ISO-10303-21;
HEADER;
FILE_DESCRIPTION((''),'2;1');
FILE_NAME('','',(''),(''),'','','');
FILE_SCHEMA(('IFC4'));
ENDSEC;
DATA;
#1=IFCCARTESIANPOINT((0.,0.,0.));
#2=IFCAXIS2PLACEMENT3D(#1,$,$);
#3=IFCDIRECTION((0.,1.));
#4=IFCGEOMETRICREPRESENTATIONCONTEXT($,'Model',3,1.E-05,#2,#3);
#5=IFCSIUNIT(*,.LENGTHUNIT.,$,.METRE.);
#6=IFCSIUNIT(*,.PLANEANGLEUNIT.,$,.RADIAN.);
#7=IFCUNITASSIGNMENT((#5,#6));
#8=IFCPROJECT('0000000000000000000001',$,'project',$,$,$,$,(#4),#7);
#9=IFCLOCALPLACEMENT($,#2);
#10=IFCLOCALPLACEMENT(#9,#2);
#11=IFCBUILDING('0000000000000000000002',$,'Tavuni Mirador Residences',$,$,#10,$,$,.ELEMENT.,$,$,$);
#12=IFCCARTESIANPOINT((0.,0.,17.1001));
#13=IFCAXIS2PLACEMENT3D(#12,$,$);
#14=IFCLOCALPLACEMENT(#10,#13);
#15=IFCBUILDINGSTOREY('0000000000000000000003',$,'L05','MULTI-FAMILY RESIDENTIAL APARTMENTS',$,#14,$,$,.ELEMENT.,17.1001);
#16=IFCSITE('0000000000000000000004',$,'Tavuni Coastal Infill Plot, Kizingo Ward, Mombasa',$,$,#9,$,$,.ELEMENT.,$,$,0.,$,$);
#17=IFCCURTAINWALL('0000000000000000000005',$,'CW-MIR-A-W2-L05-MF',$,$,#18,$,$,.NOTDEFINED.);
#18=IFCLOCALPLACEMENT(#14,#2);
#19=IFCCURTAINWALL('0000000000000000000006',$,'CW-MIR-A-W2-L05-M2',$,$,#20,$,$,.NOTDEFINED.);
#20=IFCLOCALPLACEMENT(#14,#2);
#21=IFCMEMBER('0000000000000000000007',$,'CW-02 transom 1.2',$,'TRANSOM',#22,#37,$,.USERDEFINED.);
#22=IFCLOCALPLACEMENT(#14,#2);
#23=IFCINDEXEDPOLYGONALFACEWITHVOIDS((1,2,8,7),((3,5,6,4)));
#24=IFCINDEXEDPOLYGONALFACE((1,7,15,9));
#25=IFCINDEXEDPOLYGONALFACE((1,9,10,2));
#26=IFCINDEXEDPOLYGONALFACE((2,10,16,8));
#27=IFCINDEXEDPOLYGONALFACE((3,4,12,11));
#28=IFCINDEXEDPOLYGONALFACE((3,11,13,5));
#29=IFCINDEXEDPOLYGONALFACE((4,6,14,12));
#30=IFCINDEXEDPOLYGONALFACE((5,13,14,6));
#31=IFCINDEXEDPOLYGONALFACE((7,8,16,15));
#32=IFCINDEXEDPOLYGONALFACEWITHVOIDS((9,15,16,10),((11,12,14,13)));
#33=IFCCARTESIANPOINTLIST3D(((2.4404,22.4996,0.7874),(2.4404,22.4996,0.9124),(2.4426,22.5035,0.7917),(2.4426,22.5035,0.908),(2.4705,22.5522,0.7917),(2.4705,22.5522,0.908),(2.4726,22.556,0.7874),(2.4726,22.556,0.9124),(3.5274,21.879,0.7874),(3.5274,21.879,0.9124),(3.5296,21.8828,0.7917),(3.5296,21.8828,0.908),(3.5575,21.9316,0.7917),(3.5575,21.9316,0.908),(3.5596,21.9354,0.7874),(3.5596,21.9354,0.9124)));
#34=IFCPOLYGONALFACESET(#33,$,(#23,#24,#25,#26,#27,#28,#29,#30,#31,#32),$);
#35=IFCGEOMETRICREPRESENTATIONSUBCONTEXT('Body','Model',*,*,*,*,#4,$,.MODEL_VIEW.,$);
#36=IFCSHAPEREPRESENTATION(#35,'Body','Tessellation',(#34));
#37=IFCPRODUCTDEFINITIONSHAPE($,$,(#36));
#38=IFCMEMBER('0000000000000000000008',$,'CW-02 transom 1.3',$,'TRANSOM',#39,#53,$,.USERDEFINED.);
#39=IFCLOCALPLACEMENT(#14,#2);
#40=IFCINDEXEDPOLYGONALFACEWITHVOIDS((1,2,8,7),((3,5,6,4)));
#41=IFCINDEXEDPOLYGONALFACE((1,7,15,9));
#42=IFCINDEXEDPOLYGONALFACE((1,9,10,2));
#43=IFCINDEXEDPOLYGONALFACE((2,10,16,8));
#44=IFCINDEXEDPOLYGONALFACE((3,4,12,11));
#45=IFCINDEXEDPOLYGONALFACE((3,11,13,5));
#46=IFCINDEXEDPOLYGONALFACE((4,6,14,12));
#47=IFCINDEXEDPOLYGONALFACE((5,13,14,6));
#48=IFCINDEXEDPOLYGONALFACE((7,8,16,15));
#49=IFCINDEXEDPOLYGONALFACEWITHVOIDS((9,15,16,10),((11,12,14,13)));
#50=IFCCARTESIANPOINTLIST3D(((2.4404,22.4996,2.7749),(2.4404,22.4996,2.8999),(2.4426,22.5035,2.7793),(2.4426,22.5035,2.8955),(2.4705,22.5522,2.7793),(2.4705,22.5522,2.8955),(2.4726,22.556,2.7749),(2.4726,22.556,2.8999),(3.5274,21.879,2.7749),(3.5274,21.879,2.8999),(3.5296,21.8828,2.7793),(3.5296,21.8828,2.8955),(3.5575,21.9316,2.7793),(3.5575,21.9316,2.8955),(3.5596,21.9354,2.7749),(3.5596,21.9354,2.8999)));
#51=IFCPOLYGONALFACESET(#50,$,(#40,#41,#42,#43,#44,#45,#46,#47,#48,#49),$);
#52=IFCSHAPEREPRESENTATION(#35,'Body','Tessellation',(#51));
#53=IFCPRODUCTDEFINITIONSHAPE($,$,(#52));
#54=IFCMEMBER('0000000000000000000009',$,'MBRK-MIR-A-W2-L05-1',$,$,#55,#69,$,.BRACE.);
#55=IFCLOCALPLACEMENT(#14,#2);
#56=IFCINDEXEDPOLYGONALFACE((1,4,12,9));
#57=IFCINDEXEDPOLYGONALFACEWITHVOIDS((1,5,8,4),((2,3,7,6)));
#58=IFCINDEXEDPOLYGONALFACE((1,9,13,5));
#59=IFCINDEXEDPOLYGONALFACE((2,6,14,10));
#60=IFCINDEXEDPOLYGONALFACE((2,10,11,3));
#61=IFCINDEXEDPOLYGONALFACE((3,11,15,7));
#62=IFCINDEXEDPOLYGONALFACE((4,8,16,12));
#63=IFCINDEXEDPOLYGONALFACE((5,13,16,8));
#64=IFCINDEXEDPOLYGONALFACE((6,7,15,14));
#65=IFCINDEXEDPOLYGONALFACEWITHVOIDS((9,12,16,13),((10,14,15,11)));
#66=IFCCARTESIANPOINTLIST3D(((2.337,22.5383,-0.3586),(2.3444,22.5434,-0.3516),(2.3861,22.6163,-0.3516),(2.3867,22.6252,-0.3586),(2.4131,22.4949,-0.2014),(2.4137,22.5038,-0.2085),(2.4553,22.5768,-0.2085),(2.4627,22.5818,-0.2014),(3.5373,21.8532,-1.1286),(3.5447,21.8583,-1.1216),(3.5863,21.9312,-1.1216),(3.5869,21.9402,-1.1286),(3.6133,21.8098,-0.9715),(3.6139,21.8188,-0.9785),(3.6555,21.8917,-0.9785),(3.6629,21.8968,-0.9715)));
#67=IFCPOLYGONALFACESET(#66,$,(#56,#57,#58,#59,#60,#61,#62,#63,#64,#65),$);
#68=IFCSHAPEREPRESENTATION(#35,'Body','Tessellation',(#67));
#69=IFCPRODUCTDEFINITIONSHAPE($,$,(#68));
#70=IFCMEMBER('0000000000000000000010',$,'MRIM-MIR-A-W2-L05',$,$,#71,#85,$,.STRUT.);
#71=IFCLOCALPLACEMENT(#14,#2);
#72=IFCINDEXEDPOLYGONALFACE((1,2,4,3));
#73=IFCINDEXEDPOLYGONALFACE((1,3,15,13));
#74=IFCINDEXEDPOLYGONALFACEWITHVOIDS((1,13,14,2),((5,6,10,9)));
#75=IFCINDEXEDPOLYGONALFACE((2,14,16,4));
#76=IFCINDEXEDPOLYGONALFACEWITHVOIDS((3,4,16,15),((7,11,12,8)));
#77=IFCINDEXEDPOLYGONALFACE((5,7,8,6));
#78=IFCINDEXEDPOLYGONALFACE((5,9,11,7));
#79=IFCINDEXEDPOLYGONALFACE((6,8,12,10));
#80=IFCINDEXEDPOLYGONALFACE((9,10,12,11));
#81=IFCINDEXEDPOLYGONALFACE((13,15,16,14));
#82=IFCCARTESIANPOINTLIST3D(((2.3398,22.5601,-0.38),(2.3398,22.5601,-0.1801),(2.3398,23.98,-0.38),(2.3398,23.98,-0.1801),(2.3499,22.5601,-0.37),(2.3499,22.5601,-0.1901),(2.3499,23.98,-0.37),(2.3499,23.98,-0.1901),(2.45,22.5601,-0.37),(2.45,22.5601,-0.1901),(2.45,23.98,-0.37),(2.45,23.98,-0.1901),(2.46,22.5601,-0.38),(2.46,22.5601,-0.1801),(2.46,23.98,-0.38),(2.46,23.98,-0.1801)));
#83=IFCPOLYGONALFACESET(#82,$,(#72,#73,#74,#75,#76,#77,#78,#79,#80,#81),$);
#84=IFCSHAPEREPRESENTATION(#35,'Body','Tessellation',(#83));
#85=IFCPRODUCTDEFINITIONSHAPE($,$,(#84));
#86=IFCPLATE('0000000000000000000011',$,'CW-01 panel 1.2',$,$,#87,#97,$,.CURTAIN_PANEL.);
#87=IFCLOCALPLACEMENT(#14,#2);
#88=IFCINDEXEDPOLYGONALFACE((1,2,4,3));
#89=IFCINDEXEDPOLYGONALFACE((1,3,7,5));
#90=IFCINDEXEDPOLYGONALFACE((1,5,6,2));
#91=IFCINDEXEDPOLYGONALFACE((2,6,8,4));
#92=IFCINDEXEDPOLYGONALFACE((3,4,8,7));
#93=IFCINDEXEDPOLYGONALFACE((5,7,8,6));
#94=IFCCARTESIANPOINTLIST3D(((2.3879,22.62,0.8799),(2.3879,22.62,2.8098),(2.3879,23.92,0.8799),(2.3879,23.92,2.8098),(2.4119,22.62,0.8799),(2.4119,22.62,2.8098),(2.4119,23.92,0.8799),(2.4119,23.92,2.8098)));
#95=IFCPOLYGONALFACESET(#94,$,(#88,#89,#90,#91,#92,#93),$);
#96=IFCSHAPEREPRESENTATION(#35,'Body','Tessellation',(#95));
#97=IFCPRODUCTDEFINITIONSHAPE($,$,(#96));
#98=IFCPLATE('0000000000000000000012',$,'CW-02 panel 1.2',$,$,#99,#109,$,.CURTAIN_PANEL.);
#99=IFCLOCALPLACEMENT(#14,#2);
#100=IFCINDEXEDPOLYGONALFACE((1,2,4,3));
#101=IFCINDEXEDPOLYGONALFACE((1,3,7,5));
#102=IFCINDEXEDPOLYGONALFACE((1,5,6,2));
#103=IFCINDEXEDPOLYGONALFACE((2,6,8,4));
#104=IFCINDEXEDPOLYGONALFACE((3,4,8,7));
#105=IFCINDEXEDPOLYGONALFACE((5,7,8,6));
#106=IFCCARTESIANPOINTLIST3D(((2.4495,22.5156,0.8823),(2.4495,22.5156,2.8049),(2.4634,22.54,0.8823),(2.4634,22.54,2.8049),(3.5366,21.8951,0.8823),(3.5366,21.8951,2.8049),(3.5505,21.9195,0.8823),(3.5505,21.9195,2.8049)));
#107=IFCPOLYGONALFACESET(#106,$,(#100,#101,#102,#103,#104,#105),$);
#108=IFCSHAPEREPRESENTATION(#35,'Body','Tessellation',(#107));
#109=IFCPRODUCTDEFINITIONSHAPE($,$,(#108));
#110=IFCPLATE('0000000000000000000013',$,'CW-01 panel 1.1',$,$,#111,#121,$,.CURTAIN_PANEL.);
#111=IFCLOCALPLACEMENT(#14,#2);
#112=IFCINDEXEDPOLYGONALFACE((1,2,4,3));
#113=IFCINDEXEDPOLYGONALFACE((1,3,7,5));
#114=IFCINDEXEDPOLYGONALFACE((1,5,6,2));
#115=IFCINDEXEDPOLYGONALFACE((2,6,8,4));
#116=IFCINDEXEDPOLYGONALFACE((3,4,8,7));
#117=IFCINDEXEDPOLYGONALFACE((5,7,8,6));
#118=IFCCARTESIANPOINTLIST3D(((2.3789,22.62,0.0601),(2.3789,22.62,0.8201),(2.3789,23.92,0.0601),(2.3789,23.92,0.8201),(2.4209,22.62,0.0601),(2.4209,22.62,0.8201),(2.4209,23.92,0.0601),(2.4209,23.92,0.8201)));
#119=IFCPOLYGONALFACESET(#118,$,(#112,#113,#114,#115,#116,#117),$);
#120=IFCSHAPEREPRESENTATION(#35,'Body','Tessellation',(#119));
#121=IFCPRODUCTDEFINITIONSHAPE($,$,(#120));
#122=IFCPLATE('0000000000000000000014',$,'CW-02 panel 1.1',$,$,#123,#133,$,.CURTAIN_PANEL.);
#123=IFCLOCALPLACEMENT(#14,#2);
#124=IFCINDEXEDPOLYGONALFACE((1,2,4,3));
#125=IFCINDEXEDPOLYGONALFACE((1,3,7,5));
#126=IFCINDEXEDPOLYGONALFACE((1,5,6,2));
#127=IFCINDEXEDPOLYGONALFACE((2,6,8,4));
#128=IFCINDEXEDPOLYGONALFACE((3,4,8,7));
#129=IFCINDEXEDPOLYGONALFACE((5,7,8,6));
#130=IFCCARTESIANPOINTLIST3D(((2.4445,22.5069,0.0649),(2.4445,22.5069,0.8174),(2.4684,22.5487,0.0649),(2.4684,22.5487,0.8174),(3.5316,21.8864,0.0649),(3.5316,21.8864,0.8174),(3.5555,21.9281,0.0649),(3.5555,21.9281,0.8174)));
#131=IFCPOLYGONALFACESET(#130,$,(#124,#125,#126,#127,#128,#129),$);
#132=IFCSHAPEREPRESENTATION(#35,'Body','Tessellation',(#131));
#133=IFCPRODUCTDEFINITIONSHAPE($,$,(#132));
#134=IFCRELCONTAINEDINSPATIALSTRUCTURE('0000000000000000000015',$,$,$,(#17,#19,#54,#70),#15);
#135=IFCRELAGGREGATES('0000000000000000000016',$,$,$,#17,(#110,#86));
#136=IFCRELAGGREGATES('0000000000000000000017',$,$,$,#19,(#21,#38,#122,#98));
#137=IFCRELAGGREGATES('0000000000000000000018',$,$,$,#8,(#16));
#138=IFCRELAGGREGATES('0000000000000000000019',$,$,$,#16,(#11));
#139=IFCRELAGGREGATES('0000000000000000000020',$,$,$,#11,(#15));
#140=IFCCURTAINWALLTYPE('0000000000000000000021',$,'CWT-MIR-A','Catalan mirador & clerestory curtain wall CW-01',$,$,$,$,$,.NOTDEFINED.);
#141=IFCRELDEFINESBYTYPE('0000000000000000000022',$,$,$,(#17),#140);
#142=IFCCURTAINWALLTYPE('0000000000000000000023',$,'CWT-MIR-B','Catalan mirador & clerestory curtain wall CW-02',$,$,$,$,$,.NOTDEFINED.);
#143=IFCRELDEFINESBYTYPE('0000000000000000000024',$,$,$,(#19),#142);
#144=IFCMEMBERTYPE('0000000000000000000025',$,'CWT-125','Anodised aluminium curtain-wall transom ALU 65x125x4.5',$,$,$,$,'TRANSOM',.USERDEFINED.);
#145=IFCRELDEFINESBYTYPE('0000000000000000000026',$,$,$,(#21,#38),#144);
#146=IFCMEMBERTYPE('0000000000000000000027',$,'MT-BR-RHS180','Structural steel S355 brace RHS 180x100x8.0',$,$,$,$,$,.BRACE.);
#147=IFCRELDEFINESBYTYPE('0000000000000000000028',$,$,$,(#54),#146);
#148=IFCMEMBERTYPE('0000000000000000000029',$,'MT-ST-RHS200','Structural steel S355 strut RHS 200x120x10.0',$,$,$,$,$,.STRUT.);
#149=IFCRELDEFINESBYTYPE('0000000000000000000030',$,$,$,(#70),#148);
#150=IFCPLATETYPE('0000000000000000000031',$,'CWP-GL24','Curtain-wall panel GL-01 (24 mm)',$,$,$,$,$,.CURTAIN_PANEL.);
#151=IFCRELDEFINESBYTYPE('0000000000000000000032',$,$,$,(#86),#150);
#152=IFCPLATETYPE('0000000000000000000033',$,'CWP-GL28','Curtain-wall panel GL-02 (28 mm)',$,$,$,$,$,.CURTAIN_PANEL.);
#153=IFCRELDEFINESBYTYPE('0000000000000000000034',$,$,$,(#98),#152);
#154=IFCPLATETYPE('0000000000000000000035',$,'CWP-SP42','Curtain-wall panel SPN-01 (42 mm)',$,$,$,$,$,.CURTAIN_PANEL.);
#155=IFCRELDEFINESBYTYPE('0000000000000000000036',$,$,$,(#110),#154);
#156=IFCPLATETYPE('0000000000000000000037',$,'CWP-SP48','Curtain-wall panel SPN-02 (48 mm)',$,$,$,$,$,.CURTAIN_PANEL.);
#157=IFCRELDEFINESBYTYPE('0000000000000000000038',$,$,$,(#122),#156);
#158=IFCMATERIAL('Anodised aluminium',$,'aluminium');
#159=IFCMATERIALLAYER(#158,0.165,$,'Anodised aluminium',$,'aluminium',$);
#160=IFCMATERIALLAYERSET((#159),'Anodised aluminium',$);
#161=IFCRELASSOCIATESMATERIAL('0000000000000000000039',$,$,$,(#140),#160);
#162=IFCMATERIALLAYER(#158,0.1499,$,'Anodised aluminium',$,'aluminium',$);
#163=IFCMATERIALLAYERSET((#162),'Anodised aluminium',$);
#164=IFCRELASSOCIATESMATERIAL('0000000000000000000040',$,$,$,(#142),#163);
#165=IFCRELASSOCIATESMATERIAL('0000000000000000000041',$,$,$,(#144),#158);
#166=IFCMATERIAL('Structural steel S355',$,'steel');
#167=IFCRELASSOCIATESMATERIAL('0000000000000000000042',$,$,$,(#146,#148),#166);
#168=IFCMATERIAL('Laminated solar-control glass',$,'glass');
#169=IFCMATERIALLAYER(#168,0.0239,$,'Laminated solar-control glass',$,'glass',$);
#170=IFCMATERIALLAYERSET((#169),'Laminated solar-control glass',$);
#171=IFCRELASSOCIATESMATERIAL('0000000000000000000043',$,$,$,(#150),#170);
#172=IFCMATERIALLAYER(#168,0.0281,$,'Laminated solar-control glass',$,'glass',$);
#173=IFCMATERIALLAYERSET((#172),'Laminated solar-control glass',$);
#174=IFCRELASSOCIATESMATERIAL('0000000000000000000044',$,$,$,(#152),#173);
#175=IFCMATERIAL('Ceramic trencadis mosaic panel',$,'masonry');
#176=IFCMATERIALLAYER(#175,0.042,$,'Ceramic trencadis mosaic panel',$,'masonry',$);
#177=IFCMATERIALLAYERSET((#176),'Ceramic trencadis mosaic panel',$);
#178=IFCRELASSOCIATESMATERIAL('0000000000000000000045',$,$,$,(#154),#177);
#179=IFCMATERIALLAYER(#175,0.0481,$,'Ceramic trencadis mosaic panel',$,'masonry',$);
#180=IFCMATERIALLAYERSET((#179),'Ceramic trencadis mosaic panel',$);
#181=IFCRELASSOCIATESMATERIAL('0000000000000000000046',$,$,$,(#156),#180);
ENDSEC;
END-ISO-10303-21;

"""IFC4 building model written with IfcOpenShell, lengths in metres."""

from ifc_helpers import new_model, si_unit, direction, frame, origin, origin_2d, place, context, subcontext, project, spatial, rectangle, hollow_rectangle, extrude, material, layer, layer_set, material_profile, profile_set, type_object, element, aggregate, save


model = new_model("IFC4")

# Units and contexts
model_context = context("Model", 3, precision=1e-05, world=origin(), true_north=direction((0.0, 1.0)))
body_context = subcontext(model_context, "Body", "Model", "MODEL_VIEW")
ifc_project = project(units=[si_unit("LENGTHUNIT", "METRE"), si_unit("PLANEANGLEUNIT", "RADIAN")], contexts=[model_context])

# Site, building, storey
site_placement = place(None, origin())
site = spatial("IfcSite", under=ifc_project, at=site_placement, Name="Tavuni Coastal Infill Plot, Kizingo Ward, Mombasa", CompositionType="ELEMENT", RefElevation=0.0)
building_placement = place(site_placement, origin())
building = spatial("IfcBuilding", under=site, at=building_placement, Name="Tavuni Mirador Residences", CompositionType="ELEMENT")
storey_placement = place(building_placement, frame((0.0, 0.0, 17.1001)))
storey = spatial("IfcBuildingStorey", under=building, at=storey_placement, Name="L05", Description="MULTI-FAMILY RESIDENTIAL APARTMENTS", CompositionType="ELEMENT", Elevation=17.1001)

# Curtain wall
ifc_material_1 = material(Name="Anodised aluminium", Category="aluminium")
ifc_layer_1 = layer(ifc_material_1, 0.165, Name="Anodised aluminium", Category="aluminium")
ifc_layer_set_1 = layer_set([ifc_layer_1], Name="Anodised aluminium")
curtain_wall_type_1 = type_object("IfcCurtainWallType", Name="CWT-MIR-A", Description="Catalan mirador & clerestory curtain wall CW-01", PredefinedType="NOTDEFINED", material=ifc_layer_set_1)
curtain_wall_1_placement = place(storey_placement, origin())
curtain_wall_1 = element("IfcCurtainWall", 1, at=curtain_wall_1_placement, inside=storey, type_object=curtain_wall_type_1, Name="CW-MIR-A-W2-L05-MF", PredefinedType="NOTDEFINED")

# Curtain wall
ifc_layer_2 = layer(ifc_material_1, 0.1499, Name="Anodised aluminium", Category="aluminium")
ifc_layer_set_2 = layer_set([ifc_layer_2], Name="Anodised aluminium")
curtain_wall_type_2 = type_object("IfcCurtainWallType", Name="CWT-MIR-B", Description="Catalan mirador & clerestory curtain wall CW-02", PredefinedType="NOTDEFINED", material=ifc_layer_set_2)
curtain_wall_2_placement = place(storey_placement, origin())
curtain_wall_2 = element("IfcCurtainWall", 2, at=curtain_wall_2_placement, inside=storey, type_object=curtain_wall_type_2, Name="CW-MIR-A-W2-L05-M2", PredefinedType="NOTDEFINED")

# Members
ifc_material_profile_1 = material_profile(ifc_material_1, hollow_rectangle(XDim=0.0649, YDim=0.125, WallThickness=0.0044, at=origin_2d()), Name="ALU 65x125x4.5", Category="aluminium")
ifc_profile_set_1 = profile_set([ifc_material_profile_1], Name="Anodised aluminium")
member_type_1 = type_object("IfcMemberType", Name="CWT-125", Description="Anodised aluminium curtain-wall transom ALU 65x125x4.5", ElementType="TRANSOM", PredefinedType="USERDEFINED", material=ifc_profile_set_1)
member_1_placement = place(storey_placement, frame((2.4565, 22.5278, 0.8499), z_axis=(0.868411, -0.495845, 0.0), x_axis=(0.495845, 0.868411, 0.0)))
member_1 = element("IfcMember", 3, at=member_1_placement, type_object=member_type_1, Name="CW-02 transom 1.2", ObjectType="TRANSOM", PredefinedType="USERDEFINED", context=body_context, shape_type="SweptSolid", body=[
    extrude(hollow_rectangle(XDim=0.0649, YDim=0.125, WallThickness=0.0044, at=origin_2d()), origin(), (0.0, 0.0, 1.0), 1.2517),
])
member_2_placement = place(storey_placement, frame((2.4565, 22.5278, 2.8374), z_axis=(0.868411, -0.495845, 0.0), x_axis=(0.495845, 0.868411, 0.0)))
member_2 = element("IfcMember", 4, at=member_2_placement, type_object=member_type_1, Name="CW-02 transom 1.3", ObjectType="TRANSOM", PredefinedType="USERDEFINED", context=body_context, shape_type="SweptSolid", body=[
    extrude(hollow_rectangle(XDim=0.0649, YDim=0.125, WallThickness=0.0044, at=origin_2d()), origin(), (0.0, 0.0, 1.0), 1.2517),
])

# Members
ifc_material_2 = material(Name="Structural steel S355", Category="steel")
ifc_material_profile_2 = material_profile(ifc_material_2, hollow_rectangle(XDim=0.1001, YDim=0.1799, WallThickness=0.0081, at=origin_2d()), Name="RHS 180x100x8.0", Category="steel")
ifc_profile_set_2 = profile_set([ifc_material_profile_2], Name="Structural steel S355")
member_type_2 = type_object("IfcMemberType", Name="MT-BR-RHS180", Description="Structural steel S355 brace RHS 180x100x8.0", PredefinedType="BRACE", material=ifc_profile_set_2)
member_3_placement = place(storey_placement, frame((3.6001, 21.875, -1.05), z_axis=(-0.75866, 0.433035, 0.48674), x_axis=(-0.49572, -0.868482, 0.0)))
element("IfcMember", 5, at=member_3_placement, inside=storey, type_object=member_type_2, Name="MBRK-MIR-A-W2-L05-1", PredefinedType="BRACE", context=body_context, shape_type="SweptSolid", body=[
    extrude(hollow_rectangle(XDim=0.1001, YDim=0.1799, WallThickness=0.0081, at=origin_2d()), origin(), (0.0, 0.0, 1.0), 1.582),
])
ifc_material_profile_3 = material_profile(ifc_material_2, hollow_rectangle(XDim=0.1201, YDim=0.2, WallThickness=0.01, at=origin_2d()), Name="RHS 200x120x10.0", Category="steel")
ifc_profile_set_3 = profile_set([ifc_material_profile_3], Name="Structural steel S355")
member_type_3 = type_object("IfcMemberType", Name="MT-ST-RHS200", Description="Structural steel S355 strut RHS 200x120x10.0", PredefinedType="STRUT", material=ifc_profile_set_3)
member_4_placement = place(storey_placement, frame((2.3999, 22.5601, -0.28), z_axis=(0.0, 1.0, 0.0), x_axis=(-1.0, 0.0, 0.0)))
element("IfcMember", 6, at=member_4_placement, inside=storey, type_object=member_type_3, Name="MRIM-MIR-A-W2-L05", PredefinedType="STRUT", context=body_context, shape_type="SweptSolid", body=[
    extrude(hollow_rectangle(XDim=0.1201, YDim=0.2, WallThickness=0.01, at=origin_2d()), origin(), (0.0, 0.0, 1.0), 1.4199),
])

# Plates
ifc_material_3 = material(Name="Laminated solar-control glass", Category="glass")
ifc_layer_3 = layer(ifc_material_3, 0.0239, Name="Laminated solar-control glass", Category="glass")
ifc_layer_set_3 = layer_set([ifc_layer_3], Name="Laminated solar-control glass")
plate_type_1 = type_object("IfcPlateType", Name="CWP-GL24", Description="Curtain-wall panel GL-01 (24 mm)", PredefinedType="CURTAIN_PANEL", material=ifc_layer_set_3)
plate_1_placement = place(storey_placement, frame((2.3999, 23.27, 0.8799), z_axis=(0.0, 0.0, 1.0), x_axis=(0.0, -1.0, 0.0)))
plate_1 = element("IfcPlate", 7, at=plate_1_placement, type_object=plate_type_1, Name="CW-01 panel 1.2", PredefinedType="CURTAIN_PANEL", context=body_context, shape_type="SweptSolid", body=[
    extrude(rectangle(XDim=1.3, YDim=0.0239, at=origin_2d()), origin(), (0.0, 0.0, 1.0), 1.9299),
])
ifc_layer_4 = layer(ifc_material_3, 0.0281, Name="Laminated solar-control glass", Category="glass")
ifc_layer_set_4 = layer_set([ifc_layer_4], Name="Laminated solar-control glass")
plate_type_2 = type_object("IfcPlateType", Name="CWP-GL28", Description="Curtain-wall panel GL-02 (28 mm)", PredefinedType="CURTAIN_PANEL", material=ifc_layer_set_4)
plate_2_placement = place(storey_placement, frame((3.0, 22.2175, 0.8823), z_axis=(0.0, 0.0, 1.0), x_axis=(0.868466, -0.495749, 0.0)))
plate_2 = element("IfcPlate", 8, at=plate_2_placement, type_object=plate_type_2, Name="CW-02 panel 1.2", PredefinedType="CURTAIN_PANEL", context=body_context, shape_type="SweptSolid", body=[
    extrude(rectangle(XDim=1.2517, YDim=0.0281, at=origin_2d()), origin(), (0.0, 0.0, 1.0), 1.9226),
])
ifc_material_4 = material(Name="Ceramic trencadis mosaic panel", Category="masonry")
ifc_layer_5 = layer(ifc_material_4, 0.042, Name="Ceramic trencadis mosaic panel", Category="masonry")
ifc_layer_set_5 = layer_set([ifc_layer_5], Name="Ceramic trencadis mosaic panel")
plate_type_3 = type_object("IfcPlateType", Name="CWP-SP42", Description="Curtain-wall panel SPN-01 (42 mm)", PredefinedType="CURTAIN_PANEL", material=ifc_layer_set_5)
plate_3_placement = place(storey_placement, frame((2.3999, 23.27, 0.0601), z_axis=(0.0, 0.0, 1.0), x_axis=(0.0, -1.0, 0.0)))
plate_3 = element("IfcPlate", 9, at=plate_3_placement, type_object=plate_type_3, Name="CW-01 panel 1.1", PredefinedType="CURTAIN_PANEL", context=body_context, shape_type="SweptSolid", body=[
    extrude(rectangle(XDim=1.3, YDim=0.042, at=origin_2d()), origin(), (0.0, 0.0, 1.0), 0.76),
])
aggregate(curtain_wall_1, [plate_3, plate_1])
ifc_layer_6 = layer(ifc_material_4, 0.0481, Name="Ceramic trencadis mosaic panel", Category="masonry")
ifc_layer_set_6 = layer_set([ifc_layer_6], Name="Ceramic trencadis mosaic panel")
plate_type_4 = type_object("IfcPlateType", Name="CWP-SP48", Description="Curtain-wall panel SPN-02 (48 mm)", PredefinedType="CURTAIN_PANEL", material=ifc_layer_set_6)
plate_4_placement = place(storey_placement, frame((3.0, 22.2175, 0.0649), z_axis=(0.0, 0.0, 1.0), x_axis=(0.868466, -0.495749, 0.0)))
plate_4 = element("IfcPlate", 10, at=plate_4_placement, type_object=plate_type_4, Name="CW-02 panel 1.1", PredefinedType="CURTAIN_PANEL", context=body_context, shape_type="SweptSolid", body=[
    extrude(rectangle(XDim=1.2517, YDim=0.0481, at=origin_2d()), origin(), (0.0, 0.0, 1.0), 0.7524),
])
aggregate(curtain_wall_2, [member_1, member_2, plate_4, plate_2])

save(model, "model.ifc")
